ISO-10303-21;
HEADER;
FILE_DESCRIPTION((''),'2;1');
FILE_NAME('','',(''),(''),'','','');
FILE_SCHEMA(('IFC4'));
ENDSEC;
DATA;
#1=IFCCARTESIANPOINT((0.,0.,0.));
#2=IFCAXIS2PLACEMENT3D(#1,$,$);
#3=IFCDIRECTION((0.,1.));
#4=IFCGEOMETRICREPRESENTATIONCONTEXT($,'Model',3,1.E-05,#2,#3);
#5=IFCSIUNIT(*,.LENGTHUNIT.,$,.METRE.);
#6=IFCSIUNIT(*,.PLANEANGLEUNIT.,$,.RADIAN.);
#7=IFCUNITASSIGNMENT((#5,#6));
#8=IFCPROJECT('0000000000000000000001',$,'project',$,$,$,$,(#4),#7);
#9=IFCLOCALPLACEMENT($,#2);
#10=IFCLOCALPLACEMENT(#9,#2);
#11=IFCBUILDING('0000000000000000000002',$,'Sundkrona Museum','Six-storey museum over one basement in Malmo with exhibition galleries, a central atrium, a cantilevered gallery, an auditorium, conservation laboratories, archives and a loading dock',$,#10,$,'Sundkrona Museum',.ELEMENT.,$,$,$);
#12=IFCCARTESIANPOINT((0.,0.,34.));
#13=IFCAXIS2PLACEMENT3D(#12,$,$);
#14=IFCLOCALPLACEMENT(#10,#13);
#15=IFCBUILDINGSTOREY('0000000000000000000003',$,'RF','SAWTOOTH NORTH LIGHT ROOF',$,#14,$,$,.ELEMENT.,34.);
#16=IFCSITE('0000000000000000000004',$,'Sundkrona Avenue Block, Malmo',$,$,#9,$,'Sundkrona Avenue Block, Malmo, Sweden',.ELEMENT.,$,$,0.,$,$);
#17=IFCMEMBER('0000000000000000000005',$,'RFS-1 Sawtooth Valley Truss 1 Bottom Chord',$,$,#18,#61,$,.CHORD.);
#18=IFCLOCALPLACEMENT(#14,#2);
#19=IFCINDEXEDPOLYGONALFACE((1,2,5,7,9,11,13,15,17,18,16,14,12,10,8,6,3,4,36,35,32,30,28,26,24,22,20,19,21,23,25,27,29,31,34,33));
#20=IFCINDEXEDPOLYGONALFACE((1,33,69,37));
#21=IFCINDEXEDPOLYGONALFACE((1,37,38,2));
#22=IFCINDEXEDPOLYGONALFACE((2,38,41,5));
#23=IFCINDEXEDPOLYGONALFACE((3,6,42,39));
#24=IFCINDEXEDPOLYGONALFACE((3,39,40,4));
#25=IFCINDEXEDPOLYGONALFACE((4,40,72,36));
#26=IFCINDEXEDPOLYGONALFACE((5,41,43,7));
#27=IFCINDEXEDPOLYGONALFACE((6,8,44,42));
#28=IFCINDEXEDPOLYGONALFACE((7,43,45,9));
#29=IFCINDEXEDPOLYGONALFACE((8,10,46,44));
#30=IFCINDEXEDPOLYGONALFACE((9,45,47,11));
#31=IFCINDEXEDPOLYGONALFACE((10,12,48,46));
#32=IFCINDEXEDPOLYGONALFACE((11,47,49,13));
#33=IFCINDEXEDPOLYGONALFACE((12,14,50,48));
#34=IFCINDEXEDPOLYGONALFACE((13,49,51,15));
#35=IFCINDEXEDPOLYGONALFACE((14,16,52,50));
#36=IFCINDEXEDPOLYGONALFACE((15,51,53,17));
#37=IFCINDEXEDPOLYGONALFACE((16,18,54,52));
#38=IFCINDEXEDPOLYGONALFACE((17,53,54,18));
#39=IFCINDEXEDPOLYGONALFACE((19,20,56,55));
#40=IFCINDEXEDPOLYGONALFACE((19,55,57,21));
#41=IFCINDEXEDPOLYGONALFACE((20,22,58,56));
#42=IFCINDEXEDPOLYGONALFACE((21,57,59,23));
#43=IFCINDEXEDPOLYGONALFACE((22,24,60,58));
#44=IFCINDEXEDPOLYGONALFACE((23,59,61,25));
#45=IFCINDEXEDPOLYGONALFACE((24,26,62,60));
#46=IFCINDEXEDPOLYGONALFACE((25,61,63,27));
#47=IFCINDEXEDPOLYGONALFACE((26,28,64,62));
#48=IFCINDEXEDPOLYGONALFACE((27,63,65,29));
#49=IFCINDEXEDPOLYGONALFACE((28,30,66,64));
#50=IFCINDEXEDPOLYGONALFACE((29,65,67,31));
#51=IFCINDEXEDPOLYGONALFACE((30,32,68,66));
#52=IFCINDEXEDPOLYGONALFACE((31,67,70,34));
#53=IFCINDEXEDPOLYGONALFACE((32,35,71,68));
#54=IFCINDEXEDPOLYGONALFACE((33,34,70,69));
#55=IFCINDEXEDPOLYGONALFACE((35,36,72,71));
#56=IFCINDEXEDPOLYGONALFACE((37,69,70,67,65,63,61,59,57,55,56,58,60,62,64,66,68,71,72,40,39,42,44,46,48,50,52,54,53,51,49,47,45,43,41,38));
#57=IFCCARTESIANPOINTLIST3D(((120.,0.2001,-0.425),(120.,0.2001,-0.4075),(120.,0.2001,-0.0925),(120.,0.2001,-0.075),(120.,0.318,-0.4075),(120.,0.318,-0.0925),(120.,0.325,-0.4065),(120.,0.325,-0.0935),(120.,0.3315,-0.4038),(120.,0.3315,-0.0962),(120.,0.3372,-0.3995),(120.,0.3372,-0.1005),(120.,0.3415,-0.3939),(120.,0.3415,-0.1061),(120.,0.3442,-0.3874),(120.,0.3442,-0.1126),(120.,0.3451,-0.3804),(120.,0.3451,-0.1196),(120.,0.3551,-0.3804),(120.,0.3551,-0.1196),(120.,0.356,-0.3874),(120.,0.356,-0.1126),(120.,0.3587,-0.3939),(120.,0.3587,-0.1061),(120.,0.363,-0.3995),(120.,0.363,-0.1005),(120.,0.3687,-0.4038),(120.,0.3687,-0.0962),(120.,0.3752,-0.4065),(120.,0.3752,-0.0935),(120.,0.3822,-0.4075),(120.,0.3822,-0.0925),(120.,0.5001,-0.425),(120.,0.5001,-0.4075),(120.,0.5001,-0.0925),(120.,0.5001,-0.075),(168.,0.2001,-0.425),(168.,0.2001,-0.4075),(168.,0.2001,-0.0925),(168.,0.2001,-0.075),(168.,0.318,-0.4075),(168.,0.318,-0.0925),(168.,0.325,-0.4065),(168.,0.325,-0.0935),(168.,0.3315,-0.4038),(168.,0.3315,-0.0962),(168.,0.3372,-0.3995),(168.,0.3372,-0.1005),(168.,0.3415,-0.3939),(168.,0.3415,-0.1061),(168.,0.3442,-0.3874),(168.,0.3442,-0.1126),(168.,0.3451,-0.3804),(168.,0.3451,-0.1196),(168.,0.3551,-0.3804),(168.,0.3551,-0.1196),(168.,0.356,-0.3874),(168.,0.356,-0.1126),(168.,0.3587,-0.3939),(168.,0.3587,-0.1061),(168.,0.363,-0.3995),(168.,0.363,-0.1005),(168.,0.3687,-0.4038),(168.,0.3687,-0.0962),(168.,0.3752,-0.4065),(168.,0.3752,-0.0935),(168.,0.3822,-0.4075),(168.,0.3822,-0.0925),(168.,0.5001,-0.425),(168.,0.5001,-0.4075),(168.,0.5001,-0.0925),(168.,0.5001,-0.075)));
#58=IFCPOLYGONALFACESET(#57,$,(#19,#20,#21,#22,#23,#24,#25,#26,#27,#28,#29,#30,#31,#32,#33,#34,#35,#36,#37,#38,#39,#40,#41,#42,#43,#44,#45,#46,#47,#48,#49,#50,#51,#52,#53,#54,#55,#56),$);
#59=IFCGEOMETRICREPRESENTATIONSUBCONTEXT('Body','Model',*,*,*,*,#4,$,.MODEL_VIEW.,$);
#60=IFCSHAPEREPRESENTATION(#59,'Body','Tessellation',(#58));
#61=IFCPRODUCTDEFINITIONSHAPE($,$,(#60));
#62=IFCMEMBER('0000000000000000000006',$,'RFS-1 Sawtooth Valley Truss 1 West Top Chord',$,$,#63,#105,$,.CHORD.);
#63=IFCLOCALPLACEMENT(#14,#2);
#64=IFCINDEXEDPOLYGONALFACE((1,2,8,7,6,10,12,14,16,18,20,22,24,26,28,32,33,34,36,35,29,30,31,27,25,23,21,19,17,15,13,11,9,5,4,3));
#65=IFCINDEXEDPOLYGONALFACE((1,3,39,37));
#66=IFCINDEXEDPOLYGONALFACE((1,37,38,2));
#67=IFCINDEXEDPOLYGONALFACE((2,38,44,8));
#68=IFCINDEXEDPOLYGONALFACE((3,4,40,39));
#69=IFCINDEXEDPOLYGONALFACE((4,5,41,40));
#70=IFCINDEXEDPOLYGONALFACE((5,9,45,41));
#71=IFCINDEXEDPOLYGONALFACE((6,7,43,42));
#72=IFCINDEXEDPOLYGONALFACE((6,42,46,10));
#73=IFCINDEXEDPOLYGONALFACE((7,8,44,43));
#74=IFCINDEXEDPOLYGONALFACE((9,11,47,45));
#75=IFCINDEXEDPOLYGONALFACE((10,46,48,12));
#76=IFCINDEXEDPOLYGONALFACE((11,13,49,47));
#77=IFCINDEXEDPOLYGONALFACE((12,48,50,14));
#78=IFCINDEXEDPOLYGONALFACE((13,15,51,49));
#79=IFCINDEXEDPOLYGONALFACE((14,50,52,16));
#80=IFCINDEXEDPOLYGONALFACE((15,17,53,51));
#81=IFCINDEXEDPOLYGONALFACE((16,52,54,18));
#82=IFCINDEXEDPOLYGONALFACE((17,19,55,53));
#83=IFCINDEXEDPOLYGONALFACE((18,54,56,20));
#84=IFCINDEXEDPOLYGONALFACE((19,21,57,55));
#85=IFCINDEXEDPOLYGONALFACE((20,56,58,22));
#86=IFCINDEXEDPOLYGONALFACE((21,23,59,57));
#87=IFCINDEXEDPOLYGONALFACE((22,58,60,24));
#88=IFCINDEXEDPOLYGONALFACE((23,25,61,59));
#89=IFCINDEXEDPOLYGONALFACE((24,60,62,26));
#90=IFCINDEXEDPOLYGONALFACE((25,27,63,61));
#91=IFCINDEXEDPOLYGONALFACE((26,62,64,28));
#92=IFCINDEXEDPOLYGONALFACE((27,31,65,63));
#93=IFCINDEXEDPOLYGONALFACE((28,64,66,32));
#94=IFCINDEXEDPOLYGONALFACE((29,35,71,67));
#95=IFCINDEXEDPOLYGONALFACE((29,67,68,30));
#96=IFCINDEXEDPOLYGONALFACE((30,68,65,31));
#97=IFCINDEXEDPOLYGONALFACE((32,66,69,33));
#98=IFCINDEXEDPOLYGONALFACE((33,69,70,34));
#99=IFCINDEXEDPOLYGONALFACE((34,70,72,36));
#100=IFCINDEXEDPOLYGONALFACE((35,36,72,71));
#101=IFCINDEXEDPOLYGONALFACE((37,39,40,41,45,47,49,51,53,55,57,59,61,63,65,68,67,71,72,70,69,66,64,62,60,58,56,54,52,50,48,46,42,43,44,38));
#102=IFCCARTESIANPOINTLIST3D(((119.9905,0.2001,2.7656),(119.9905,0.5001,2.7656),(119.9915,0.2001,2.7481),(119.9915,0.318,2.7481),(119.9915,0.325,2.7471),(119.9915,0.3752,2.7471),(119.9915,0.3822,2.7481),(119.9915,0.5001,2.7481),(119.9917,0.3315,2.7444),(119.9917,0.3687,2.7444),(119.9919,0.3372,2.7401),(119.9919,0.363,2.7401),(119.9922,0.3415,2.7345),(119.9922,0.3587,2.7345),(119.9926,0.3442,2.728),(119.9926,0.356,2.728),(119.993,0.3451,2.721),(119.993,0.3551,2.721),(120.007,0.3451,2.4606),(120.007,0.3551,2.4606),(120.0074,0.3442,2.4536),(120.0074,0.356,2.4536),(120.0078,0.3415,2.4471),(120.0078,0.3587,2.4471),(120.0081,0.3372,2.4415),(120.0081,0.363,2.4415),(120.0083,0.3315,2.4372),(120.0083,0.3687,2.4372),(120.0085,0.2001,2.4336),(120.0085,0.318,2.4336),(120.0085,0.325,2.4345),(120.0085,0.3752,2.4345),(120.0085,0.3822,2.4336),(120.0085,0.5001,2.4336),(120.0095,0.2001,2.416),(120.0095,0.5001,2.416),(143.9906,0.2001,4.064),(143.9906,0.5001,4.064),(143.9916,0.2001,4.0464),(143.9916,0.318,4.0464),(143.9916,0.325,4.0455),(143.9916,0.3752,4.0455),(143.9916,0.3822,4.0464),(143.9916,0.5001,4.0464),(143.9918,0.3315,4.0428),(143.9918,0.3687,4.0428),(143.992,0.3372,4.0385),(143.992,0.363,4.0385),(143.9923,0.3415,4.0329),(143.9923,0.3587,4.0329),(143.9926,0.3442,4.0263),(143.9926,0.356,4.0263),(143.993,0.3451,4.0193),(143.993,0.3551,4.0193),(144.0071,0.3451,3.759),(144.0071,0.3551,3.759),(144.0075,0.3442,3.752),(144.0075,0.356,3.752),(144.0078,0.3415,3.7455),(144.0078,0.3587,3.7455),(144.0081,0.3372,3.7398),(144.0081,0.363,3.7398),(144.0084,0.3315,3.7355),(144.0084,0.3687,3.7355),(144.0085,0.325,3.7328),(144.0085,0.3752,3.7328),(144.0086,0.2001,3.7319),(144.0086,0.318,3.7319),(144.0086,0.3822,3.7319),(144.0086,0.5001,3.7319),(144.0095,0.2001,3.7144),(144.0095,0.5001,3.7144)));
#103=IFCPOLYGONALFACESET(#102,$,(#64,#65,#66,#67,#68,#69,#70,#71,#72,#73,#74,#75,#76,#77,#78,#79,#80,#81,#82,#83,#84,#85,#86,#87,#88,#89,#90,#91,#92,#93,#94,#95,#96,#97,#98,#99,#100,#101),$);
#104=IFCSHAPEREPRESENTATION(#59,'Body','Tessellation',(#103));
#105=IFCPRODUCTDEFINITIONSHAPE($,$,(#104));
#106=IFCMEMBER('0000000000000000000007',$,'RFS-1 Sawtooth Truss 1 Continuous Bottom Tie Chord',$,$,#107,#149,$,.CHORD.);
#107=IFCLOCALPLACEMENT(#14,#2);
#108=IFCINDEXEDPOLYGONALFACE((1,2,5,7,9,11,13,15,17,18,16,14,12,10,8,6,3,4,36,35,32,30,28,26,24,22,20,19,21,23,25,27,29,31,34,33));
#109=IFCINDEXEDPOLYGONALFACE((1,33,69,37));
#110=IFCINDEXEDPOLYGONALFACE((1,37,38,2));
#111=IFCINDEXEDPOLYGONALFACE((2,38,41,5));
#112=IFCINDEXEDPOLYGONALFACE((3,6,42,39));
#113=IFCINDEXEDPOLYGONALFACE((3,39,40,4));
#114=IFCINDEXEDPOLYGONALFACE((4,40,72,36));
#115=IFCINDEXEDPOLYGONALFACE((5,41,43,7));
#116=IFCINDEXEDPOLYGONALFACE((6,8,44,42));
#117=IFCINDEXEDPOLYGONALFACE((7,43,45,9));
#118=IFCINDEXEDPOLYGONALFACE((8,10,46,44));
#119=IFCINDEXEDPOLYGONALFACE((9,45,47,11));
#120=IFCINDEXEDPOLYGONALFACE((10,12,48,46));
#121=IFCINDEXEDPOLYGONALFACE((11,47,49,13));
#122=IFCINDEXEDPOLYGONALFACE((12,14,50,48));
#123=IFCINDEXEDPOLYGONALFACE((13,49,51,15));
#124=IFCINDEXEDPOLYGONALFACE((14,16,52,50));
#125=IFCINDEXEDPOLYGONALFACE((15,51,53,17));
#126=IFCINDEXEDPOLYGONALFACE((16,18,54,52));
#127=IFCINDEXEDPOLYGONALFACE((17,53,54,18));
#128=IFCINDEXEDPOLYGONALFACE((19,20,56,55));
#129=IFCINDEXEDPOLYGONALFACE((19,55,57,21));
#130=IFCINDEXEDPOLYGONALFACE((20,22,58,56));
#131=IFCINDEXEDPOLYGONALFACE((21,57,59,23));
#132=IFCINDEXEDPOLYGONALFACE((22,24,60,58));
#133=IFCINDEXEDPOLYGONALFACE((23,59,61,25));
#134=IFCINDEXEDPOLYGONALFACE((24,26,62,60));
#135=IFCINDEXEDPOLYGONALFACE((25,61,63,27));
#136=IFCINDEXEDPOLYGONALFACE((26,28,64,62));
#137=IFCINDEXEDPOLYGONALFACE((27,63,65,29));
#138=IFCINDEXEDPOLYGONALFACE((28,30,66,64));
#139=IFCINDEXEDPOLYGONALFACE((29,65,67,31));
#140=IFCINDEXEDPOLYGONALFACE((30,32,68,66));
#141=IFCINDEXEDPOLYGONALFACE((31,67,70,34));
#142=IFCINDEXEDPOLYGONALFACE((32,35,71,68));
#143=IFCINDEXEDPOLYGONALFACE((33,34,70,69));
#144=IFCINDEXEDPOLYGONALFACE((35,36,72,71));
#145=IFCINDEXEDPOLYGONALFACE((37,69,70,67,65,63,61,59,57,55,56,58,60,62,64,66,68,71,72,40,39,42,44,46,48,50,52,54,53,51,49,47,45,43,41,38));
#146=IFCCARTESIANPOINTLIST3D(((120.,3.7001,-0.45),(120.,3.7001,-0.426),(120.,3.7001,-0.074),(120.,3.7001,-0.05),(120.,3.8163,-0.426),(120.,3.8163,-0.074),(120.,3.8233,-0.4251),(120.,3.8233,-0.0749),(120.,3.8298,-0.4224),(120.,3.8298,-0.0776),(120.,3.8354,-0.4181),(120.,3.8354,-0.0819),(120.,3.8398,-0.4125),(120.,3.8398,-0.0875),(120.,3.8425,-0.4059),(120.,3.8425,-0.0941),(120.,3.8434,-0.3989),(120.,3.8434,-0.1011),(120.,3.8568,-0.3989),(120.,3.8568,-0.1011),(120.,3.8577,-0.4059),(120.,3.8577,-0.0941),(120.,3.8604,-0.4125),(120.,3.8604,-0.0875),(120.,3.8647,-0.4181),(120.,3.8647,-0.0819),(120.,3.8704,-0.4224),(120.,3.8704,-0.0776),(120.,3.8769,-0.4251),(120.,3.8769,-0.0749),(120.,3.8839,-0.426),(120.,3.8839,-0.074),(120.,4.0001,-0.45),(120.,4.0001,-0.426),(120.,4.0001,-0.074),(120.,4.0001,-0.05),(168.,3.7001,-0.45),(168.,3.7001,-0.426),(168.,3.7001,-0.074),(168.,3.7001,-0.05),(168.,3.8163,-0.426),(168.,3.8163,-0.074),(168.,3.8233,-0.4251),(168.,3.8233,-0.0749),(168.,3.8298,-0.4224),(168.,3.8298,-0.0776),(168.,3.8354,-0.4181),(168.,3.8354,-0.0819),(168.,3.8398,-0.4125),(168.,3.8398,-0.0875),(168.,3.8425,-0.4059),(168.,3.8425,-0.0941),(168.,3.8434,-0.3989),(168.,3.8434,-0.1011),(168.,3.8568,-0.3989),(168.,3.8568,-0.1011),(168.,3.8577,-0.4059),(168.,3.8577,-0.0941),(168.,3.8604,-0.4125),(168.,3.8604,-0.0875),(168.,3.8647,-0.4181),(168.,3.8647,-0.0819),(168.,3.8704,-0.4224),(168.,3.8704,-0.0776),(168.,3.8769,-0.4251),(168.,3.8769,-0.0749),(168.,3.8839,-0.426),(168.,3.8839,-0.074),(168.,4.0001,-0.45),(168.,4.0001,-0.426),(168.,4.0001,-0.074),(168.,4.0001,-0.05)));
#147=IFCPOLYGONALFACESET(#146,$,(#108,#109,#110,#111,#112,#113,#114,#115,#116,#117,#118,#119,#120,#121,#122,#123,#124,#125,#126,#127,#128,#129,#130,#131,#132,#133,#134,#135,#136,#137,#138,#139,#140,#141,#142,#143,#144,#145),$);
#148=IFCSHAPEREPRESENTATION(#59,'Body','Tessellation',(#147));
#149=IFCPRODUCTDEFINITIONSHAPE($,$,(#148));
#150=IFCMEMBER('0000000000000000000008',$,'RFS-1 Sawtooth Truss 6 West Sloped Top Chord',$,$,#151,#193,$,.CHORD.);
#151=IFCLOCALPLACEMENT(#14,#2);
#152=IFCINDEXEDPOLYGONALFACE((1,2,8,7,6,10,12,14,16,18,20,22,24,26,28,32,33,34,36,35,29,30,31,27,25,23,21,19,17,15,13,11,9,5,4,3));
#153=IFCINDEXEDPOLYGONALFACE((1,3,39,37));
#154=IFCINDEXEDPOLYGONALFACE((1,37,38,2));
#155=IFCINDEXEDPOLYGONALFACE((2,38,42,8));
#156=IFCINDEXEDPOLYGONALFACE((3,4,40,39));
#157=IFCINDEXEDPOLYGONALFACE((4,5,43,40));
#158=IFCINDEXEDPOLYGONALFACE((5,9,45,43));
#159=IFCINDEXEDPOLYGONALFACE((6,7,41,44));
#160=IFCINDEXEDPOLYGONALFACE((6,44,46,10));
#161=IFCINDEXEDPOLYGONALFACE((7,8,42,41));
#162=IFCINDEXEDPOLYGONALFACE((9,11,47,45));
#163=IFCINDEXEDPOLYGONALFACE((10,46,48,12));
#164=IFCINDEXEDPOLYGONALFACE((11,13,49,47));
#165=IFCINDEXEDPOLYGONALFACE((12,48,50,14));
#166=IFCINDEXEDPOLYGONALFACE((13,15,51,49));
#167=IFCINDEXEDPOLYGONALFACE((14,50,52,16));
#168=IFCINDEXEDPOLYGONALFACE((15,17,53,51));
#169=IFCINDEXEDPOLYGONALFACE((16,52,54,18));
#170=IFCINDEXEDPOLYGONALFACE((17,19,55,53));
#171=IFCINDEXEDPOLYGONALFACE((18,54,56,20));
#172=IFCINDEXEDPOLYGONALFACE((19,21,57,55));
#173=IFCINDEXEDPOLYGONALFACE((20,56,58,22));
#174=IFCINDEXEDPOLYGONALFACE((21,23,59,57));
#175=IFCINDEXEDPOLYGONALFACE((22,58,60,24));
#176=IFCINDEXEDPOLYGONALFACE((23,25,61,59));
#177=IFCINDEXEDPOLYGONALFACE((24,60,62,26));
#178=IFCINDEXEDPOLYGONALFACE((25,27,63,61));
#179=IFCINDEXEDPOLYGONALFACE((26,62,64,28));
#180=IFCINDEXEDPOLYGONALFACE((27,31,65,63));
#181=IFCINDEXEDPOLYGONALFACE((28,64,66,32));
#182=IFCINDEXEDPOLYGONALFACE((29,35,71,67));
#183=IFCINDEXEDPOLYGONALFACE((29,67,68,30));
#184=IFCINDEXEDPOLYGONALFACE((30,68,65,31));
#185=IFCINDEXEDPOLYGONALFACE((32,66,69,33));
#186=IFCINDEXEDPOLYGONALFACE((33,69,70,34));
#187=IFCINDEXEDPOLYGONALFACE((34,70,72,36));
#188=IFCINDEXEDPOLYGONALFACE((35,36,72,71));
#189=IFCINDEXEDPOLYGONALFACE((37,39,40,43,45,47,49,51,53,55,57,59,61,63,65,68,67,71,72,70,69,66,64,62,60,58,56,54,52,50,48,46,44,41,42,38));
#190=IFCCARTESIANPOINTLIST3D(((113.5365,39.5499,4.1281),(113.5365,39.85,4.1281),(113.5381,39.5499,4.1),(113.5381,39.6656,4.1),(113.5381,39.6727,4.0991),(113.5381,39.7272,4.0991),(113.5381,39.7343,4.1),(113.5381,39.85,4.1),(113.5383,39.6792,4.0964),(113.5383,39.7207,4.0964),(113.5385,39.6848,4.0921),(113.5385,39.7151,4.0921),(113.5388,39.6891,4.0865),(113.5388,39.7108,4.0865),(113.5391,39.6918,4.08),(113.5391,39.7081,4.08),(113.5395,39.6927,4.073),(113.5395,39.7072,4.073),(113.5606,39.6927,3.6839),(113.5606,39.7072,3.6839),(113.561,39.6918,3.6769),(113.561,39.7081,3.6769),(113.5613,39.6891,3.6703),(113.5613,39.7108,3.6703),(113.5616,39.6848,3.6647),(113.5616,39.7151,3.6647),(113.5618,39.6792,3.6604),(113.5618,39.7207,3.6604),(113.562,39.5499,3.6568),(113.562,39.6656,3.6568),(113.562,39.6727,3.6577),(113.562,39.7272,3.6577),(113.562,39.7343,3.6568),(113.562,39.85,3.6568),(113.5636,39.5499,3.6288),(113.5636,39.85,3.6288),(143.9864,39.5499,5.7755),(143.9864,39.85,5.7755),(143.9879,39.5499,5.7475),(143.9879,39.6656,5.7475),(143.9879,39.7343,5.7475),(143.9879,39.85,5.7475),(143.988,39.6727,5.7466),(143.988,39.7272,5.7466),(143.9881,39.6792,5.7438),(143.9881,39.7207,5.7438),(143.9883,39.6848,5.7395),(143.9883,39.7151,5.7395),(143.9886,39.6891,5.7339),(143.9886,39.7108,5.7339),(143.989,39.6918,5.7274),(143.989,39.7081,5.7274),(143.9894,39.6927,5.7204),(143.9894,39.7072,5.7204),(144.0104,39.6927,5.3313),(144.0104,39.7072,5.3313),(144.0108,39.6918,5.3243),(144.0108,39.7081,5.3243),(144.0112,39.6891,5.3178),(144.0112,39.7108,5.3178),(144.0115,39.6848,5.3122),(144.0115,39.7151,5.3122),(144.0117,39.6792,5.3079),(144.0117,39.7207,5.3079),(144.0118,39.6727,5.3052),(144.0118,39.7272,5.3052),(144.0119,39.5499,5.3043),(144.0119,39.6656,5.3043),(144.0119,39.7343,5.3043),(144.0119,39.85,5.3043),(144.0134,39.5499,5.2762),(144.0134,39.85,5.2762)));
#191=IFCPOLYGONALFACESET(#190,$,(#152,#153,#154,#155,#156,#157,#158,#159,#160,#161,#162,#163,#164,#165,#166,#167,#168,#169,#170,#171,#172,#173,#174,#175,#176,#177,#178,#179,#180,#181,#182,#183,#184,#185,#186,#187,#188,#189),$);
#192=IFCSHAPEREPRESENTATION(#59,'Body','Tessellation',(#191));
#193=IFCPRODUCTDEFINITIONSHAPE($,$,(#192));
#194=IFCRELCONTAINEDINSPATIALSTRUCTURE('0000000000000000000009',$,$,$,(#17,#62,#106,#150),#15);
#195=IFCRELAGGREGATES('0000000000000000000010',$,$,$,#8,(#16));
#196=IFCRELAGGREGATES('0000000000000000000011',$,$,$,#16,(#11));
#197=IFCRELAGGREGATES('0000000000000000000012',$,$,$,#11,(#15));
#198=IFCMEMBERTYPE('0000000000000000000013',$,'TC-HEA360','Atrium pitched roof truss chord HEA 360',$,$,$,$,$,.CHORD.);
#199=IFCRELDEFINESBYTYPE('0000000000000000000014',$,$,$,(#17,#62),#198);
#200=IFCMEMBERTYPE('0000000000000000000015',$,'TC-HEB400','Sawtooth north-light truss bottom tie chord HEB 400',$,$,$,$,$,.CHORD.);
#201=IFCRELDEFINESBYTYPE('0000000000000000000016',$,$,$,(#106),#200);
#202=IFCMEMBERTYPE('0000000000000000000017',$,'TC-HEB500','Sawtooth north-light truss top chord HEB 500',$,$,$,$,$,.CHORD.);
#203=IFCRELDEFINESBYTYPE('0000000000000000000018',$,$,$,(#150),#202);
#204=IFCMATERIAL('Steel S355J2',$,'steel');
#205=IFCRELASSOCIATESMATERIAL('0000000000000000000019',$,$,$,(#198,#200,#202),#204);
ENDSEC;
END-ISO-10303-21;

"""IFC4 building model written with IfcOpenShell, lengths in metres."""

from ifc_helpers import new_model, si_unit, direction, frame, origin, origin_2d, place, context, subcontext, project, spatial, i_section, extrude, material, material_profile, profile_set, type_object, element, save


model = new_model("IFC4")

# Units and contexts
model_context = context("Model", 3, precision=1e-05, world=origin(), true_north=direction((0.0, 1.0)))
body_context = subcontext(model_context, "Body", "Model", "MODEL_VIEW")
ifc_project = project(units=[si_unit("LENGTHUNIT", "METRE"), si_unit("PLANEANGLEUNIT", "RADIAN")], contexts=[model_context])

# Site, building, storey
site_placement = place(None, origin())
site = spatial("IfcSite", under=ifc_project, at=site_placement, Name="Sundkrona Avenue Block, Malmo", LongName="Sundkrona Avenue Block, Malmo, Sweden", CompositionType="ELEMENT", RefElevation=0.0)
building_placement = place(site_placement, origin())
building = spatial("IfcBuilding", under=site, at=building_placement, Name="Sundkrona Museum", Description="Six-storey museum over one basement in Malmo with exhibition galleries, a central atrium, a cantilevered gallery, an auditorium, conservation laboratories, archives and a loading dock", LongName="Sundkrona Museum", CompositionType="ELEMENT")
storey_placement = place(building_placement, frame((0.0, 0.0, 34.0)))
storey = spatial("IfcBuildingStorey", under=building, at=storey_placement, Name="RF", Description="SAWTOOTH NORTH LIGHT ROOF", CompositionType="ELEMENT", Elevation=34.0)

# Members
ifc_material_1 = material(Name="Steel S355J2", Category="steel")
ifc_material_profile_1 = material_profile(ifc_material_1, i_section(OverallWidth=0.3, OverallDepth=0.3501, WebThickness=0.01, FlangeThickness=0.0176, FilletRadius=0.0271, at=origin_2d()), Name="HEA 360")
ifc_profile_set_1 = profile_set([ifc_material_profile_1], Name="Steel S355J2")
member_type_1 = type_object("IfcMemberType", Name="TC-HEA360", Description="Atrium pitched roof truss chord HEA 360", PredefinedType="CHORD", material=ifc_profile_set_1)
member_1_placement = place(storey_placement, frame((120.0, 0.3501, -0.25), z_axis=(1.0, 0.0, 0.0), x_axis=(0.0, 1.0, 0.0)))
element("IfcMember", 1, at=member_1_placement, inside=storey, type_object=member_type_1, Name="RFS-1 Sawtooth Valley Truss 1 Bottom Chord", PredefinedType="CHORD", context=body_context, shape_type="SweptSolid", body=[
    extrude(i_section(OverallWidth=0.3, OverallDepth=0.3501, WebThickness=0.01, FlangeThickness=0.0176, FilletRadius=0.0271, at=origin_2d()), origin(), (0.0, 0.0, 1.0), 48.0),
])
member_2_placement = place(storey_placement, frame((120.0, 0.3501, 2.5908), z_axis=(0.99854, 0.0, 0.054019), x_axis=(0.0, 1.0, 0.0)))
element("IfcMember", 2, at=member_2_placement, inside=storey, type_object=member_type_1, Name="RFS-1 Sawtooth Valley Truss 1 West Top Chord", PredefinedType="CHORD", context=body_context, shape_type="SweptSolid", body=[
    extrude(i_section(OverallWidth=0.3, OverallDepth=0.3501, WebThickness=0.01, FlangeThickness=0.0176, FilletRadius=0.0271, at=origin_2d()), origin(), (0.0, 0.0, 1.0), 24.0352),
])
ifc_material_profile_2 = material_profile(ifc_material_1, i_section(OverallWidth=0.3, OverallDepth=0.3999, WebThickness=0.0134, FlangeThickness=0.0239, FilletRadius=0.0271, at=origin_2d()), Name="HEB 400")
ifc_profile_set_2 = profile_set([ifc_material_profile_2], Name="Steel S355J2")
member_type_2 = type_object("IfcMemberType", Name="TC-HEB400", Description="Sawtooth north-light truss bottom tie chord HEB 400", PredefinedType="CHORD", material=ifc_profile_set_2)
member_3_placement = place(storey_placement, frame((120.0, 3.8501, -0.25), z_axis=(1.0, 0.0, 0.0), x_axis=(0.0, 1.0, 0.0)))
element("IfcMember", 3, at=member_3_placement, inside=storey, type_object=member_type_2, Name="RFS-1 Sawtooth Truss 1 Continuous Bottom Tie Chord", PredefinedType="CHORD", context=body_context, shape_type="SweptSolid", body=[
    extrude(i_section(OverallWidth=0.3, OverallDepth=0.3999, WebThickness=0.0134, FlangeThickness=0.0239, FilletRadius=0.0271, at=origin_2d()), origin(), (0.0, 0.0, 1.0), 48.0),
])
ifc_material_profile_3 = material_profile(ifc_material_1, i_section(OverallWidth=0.3, OverallDepth=0.5, WebThickness=0.0144, FlangeThickness=0.0281, FilletRadius=0.0271, at=origin_2d()), Name="HEB 500")
ifc_profile_set_3 = profile_set([ifc_material_profile_3], Name="Steel S355J2")
member_type_3 = type_object("IfcMemberType", Name="TC-HEB500", Description="Sawtooth north-light truss top chord HEB 500", PredefinedType="CHORD", material=ifc_profile_set_3)
for number, where, z_axis, x_axis, name in (
    (4, (113.55, 39.7, 3.8784), (0.99854, 0.0, 0.054025), (0.0, 1.0, 0.0), "RFS-1 Sawtooth Truss 6 West Sloped Top Chord"),
):
    element("IfcMember", number, at=place(storey_placement, frame(where, z_axis=z_axis, x_axis=x_axis)), inside=storey, type_object=member_type_3, Name=name, PredefinedType="CHORD", context=body_context, shape_type="SweptSolid", body=[
        extrude(i_section(OverallWidth=0.3, OverallDepth=0.5, WebThickness=0.0144, FlangeThickness=0.0281, FilletRadius=0.0271, at=origin_2d()), origin(), (0.0, 0.0, 1.0), 30.4944),
    ])

save(model, "model.ifc")
